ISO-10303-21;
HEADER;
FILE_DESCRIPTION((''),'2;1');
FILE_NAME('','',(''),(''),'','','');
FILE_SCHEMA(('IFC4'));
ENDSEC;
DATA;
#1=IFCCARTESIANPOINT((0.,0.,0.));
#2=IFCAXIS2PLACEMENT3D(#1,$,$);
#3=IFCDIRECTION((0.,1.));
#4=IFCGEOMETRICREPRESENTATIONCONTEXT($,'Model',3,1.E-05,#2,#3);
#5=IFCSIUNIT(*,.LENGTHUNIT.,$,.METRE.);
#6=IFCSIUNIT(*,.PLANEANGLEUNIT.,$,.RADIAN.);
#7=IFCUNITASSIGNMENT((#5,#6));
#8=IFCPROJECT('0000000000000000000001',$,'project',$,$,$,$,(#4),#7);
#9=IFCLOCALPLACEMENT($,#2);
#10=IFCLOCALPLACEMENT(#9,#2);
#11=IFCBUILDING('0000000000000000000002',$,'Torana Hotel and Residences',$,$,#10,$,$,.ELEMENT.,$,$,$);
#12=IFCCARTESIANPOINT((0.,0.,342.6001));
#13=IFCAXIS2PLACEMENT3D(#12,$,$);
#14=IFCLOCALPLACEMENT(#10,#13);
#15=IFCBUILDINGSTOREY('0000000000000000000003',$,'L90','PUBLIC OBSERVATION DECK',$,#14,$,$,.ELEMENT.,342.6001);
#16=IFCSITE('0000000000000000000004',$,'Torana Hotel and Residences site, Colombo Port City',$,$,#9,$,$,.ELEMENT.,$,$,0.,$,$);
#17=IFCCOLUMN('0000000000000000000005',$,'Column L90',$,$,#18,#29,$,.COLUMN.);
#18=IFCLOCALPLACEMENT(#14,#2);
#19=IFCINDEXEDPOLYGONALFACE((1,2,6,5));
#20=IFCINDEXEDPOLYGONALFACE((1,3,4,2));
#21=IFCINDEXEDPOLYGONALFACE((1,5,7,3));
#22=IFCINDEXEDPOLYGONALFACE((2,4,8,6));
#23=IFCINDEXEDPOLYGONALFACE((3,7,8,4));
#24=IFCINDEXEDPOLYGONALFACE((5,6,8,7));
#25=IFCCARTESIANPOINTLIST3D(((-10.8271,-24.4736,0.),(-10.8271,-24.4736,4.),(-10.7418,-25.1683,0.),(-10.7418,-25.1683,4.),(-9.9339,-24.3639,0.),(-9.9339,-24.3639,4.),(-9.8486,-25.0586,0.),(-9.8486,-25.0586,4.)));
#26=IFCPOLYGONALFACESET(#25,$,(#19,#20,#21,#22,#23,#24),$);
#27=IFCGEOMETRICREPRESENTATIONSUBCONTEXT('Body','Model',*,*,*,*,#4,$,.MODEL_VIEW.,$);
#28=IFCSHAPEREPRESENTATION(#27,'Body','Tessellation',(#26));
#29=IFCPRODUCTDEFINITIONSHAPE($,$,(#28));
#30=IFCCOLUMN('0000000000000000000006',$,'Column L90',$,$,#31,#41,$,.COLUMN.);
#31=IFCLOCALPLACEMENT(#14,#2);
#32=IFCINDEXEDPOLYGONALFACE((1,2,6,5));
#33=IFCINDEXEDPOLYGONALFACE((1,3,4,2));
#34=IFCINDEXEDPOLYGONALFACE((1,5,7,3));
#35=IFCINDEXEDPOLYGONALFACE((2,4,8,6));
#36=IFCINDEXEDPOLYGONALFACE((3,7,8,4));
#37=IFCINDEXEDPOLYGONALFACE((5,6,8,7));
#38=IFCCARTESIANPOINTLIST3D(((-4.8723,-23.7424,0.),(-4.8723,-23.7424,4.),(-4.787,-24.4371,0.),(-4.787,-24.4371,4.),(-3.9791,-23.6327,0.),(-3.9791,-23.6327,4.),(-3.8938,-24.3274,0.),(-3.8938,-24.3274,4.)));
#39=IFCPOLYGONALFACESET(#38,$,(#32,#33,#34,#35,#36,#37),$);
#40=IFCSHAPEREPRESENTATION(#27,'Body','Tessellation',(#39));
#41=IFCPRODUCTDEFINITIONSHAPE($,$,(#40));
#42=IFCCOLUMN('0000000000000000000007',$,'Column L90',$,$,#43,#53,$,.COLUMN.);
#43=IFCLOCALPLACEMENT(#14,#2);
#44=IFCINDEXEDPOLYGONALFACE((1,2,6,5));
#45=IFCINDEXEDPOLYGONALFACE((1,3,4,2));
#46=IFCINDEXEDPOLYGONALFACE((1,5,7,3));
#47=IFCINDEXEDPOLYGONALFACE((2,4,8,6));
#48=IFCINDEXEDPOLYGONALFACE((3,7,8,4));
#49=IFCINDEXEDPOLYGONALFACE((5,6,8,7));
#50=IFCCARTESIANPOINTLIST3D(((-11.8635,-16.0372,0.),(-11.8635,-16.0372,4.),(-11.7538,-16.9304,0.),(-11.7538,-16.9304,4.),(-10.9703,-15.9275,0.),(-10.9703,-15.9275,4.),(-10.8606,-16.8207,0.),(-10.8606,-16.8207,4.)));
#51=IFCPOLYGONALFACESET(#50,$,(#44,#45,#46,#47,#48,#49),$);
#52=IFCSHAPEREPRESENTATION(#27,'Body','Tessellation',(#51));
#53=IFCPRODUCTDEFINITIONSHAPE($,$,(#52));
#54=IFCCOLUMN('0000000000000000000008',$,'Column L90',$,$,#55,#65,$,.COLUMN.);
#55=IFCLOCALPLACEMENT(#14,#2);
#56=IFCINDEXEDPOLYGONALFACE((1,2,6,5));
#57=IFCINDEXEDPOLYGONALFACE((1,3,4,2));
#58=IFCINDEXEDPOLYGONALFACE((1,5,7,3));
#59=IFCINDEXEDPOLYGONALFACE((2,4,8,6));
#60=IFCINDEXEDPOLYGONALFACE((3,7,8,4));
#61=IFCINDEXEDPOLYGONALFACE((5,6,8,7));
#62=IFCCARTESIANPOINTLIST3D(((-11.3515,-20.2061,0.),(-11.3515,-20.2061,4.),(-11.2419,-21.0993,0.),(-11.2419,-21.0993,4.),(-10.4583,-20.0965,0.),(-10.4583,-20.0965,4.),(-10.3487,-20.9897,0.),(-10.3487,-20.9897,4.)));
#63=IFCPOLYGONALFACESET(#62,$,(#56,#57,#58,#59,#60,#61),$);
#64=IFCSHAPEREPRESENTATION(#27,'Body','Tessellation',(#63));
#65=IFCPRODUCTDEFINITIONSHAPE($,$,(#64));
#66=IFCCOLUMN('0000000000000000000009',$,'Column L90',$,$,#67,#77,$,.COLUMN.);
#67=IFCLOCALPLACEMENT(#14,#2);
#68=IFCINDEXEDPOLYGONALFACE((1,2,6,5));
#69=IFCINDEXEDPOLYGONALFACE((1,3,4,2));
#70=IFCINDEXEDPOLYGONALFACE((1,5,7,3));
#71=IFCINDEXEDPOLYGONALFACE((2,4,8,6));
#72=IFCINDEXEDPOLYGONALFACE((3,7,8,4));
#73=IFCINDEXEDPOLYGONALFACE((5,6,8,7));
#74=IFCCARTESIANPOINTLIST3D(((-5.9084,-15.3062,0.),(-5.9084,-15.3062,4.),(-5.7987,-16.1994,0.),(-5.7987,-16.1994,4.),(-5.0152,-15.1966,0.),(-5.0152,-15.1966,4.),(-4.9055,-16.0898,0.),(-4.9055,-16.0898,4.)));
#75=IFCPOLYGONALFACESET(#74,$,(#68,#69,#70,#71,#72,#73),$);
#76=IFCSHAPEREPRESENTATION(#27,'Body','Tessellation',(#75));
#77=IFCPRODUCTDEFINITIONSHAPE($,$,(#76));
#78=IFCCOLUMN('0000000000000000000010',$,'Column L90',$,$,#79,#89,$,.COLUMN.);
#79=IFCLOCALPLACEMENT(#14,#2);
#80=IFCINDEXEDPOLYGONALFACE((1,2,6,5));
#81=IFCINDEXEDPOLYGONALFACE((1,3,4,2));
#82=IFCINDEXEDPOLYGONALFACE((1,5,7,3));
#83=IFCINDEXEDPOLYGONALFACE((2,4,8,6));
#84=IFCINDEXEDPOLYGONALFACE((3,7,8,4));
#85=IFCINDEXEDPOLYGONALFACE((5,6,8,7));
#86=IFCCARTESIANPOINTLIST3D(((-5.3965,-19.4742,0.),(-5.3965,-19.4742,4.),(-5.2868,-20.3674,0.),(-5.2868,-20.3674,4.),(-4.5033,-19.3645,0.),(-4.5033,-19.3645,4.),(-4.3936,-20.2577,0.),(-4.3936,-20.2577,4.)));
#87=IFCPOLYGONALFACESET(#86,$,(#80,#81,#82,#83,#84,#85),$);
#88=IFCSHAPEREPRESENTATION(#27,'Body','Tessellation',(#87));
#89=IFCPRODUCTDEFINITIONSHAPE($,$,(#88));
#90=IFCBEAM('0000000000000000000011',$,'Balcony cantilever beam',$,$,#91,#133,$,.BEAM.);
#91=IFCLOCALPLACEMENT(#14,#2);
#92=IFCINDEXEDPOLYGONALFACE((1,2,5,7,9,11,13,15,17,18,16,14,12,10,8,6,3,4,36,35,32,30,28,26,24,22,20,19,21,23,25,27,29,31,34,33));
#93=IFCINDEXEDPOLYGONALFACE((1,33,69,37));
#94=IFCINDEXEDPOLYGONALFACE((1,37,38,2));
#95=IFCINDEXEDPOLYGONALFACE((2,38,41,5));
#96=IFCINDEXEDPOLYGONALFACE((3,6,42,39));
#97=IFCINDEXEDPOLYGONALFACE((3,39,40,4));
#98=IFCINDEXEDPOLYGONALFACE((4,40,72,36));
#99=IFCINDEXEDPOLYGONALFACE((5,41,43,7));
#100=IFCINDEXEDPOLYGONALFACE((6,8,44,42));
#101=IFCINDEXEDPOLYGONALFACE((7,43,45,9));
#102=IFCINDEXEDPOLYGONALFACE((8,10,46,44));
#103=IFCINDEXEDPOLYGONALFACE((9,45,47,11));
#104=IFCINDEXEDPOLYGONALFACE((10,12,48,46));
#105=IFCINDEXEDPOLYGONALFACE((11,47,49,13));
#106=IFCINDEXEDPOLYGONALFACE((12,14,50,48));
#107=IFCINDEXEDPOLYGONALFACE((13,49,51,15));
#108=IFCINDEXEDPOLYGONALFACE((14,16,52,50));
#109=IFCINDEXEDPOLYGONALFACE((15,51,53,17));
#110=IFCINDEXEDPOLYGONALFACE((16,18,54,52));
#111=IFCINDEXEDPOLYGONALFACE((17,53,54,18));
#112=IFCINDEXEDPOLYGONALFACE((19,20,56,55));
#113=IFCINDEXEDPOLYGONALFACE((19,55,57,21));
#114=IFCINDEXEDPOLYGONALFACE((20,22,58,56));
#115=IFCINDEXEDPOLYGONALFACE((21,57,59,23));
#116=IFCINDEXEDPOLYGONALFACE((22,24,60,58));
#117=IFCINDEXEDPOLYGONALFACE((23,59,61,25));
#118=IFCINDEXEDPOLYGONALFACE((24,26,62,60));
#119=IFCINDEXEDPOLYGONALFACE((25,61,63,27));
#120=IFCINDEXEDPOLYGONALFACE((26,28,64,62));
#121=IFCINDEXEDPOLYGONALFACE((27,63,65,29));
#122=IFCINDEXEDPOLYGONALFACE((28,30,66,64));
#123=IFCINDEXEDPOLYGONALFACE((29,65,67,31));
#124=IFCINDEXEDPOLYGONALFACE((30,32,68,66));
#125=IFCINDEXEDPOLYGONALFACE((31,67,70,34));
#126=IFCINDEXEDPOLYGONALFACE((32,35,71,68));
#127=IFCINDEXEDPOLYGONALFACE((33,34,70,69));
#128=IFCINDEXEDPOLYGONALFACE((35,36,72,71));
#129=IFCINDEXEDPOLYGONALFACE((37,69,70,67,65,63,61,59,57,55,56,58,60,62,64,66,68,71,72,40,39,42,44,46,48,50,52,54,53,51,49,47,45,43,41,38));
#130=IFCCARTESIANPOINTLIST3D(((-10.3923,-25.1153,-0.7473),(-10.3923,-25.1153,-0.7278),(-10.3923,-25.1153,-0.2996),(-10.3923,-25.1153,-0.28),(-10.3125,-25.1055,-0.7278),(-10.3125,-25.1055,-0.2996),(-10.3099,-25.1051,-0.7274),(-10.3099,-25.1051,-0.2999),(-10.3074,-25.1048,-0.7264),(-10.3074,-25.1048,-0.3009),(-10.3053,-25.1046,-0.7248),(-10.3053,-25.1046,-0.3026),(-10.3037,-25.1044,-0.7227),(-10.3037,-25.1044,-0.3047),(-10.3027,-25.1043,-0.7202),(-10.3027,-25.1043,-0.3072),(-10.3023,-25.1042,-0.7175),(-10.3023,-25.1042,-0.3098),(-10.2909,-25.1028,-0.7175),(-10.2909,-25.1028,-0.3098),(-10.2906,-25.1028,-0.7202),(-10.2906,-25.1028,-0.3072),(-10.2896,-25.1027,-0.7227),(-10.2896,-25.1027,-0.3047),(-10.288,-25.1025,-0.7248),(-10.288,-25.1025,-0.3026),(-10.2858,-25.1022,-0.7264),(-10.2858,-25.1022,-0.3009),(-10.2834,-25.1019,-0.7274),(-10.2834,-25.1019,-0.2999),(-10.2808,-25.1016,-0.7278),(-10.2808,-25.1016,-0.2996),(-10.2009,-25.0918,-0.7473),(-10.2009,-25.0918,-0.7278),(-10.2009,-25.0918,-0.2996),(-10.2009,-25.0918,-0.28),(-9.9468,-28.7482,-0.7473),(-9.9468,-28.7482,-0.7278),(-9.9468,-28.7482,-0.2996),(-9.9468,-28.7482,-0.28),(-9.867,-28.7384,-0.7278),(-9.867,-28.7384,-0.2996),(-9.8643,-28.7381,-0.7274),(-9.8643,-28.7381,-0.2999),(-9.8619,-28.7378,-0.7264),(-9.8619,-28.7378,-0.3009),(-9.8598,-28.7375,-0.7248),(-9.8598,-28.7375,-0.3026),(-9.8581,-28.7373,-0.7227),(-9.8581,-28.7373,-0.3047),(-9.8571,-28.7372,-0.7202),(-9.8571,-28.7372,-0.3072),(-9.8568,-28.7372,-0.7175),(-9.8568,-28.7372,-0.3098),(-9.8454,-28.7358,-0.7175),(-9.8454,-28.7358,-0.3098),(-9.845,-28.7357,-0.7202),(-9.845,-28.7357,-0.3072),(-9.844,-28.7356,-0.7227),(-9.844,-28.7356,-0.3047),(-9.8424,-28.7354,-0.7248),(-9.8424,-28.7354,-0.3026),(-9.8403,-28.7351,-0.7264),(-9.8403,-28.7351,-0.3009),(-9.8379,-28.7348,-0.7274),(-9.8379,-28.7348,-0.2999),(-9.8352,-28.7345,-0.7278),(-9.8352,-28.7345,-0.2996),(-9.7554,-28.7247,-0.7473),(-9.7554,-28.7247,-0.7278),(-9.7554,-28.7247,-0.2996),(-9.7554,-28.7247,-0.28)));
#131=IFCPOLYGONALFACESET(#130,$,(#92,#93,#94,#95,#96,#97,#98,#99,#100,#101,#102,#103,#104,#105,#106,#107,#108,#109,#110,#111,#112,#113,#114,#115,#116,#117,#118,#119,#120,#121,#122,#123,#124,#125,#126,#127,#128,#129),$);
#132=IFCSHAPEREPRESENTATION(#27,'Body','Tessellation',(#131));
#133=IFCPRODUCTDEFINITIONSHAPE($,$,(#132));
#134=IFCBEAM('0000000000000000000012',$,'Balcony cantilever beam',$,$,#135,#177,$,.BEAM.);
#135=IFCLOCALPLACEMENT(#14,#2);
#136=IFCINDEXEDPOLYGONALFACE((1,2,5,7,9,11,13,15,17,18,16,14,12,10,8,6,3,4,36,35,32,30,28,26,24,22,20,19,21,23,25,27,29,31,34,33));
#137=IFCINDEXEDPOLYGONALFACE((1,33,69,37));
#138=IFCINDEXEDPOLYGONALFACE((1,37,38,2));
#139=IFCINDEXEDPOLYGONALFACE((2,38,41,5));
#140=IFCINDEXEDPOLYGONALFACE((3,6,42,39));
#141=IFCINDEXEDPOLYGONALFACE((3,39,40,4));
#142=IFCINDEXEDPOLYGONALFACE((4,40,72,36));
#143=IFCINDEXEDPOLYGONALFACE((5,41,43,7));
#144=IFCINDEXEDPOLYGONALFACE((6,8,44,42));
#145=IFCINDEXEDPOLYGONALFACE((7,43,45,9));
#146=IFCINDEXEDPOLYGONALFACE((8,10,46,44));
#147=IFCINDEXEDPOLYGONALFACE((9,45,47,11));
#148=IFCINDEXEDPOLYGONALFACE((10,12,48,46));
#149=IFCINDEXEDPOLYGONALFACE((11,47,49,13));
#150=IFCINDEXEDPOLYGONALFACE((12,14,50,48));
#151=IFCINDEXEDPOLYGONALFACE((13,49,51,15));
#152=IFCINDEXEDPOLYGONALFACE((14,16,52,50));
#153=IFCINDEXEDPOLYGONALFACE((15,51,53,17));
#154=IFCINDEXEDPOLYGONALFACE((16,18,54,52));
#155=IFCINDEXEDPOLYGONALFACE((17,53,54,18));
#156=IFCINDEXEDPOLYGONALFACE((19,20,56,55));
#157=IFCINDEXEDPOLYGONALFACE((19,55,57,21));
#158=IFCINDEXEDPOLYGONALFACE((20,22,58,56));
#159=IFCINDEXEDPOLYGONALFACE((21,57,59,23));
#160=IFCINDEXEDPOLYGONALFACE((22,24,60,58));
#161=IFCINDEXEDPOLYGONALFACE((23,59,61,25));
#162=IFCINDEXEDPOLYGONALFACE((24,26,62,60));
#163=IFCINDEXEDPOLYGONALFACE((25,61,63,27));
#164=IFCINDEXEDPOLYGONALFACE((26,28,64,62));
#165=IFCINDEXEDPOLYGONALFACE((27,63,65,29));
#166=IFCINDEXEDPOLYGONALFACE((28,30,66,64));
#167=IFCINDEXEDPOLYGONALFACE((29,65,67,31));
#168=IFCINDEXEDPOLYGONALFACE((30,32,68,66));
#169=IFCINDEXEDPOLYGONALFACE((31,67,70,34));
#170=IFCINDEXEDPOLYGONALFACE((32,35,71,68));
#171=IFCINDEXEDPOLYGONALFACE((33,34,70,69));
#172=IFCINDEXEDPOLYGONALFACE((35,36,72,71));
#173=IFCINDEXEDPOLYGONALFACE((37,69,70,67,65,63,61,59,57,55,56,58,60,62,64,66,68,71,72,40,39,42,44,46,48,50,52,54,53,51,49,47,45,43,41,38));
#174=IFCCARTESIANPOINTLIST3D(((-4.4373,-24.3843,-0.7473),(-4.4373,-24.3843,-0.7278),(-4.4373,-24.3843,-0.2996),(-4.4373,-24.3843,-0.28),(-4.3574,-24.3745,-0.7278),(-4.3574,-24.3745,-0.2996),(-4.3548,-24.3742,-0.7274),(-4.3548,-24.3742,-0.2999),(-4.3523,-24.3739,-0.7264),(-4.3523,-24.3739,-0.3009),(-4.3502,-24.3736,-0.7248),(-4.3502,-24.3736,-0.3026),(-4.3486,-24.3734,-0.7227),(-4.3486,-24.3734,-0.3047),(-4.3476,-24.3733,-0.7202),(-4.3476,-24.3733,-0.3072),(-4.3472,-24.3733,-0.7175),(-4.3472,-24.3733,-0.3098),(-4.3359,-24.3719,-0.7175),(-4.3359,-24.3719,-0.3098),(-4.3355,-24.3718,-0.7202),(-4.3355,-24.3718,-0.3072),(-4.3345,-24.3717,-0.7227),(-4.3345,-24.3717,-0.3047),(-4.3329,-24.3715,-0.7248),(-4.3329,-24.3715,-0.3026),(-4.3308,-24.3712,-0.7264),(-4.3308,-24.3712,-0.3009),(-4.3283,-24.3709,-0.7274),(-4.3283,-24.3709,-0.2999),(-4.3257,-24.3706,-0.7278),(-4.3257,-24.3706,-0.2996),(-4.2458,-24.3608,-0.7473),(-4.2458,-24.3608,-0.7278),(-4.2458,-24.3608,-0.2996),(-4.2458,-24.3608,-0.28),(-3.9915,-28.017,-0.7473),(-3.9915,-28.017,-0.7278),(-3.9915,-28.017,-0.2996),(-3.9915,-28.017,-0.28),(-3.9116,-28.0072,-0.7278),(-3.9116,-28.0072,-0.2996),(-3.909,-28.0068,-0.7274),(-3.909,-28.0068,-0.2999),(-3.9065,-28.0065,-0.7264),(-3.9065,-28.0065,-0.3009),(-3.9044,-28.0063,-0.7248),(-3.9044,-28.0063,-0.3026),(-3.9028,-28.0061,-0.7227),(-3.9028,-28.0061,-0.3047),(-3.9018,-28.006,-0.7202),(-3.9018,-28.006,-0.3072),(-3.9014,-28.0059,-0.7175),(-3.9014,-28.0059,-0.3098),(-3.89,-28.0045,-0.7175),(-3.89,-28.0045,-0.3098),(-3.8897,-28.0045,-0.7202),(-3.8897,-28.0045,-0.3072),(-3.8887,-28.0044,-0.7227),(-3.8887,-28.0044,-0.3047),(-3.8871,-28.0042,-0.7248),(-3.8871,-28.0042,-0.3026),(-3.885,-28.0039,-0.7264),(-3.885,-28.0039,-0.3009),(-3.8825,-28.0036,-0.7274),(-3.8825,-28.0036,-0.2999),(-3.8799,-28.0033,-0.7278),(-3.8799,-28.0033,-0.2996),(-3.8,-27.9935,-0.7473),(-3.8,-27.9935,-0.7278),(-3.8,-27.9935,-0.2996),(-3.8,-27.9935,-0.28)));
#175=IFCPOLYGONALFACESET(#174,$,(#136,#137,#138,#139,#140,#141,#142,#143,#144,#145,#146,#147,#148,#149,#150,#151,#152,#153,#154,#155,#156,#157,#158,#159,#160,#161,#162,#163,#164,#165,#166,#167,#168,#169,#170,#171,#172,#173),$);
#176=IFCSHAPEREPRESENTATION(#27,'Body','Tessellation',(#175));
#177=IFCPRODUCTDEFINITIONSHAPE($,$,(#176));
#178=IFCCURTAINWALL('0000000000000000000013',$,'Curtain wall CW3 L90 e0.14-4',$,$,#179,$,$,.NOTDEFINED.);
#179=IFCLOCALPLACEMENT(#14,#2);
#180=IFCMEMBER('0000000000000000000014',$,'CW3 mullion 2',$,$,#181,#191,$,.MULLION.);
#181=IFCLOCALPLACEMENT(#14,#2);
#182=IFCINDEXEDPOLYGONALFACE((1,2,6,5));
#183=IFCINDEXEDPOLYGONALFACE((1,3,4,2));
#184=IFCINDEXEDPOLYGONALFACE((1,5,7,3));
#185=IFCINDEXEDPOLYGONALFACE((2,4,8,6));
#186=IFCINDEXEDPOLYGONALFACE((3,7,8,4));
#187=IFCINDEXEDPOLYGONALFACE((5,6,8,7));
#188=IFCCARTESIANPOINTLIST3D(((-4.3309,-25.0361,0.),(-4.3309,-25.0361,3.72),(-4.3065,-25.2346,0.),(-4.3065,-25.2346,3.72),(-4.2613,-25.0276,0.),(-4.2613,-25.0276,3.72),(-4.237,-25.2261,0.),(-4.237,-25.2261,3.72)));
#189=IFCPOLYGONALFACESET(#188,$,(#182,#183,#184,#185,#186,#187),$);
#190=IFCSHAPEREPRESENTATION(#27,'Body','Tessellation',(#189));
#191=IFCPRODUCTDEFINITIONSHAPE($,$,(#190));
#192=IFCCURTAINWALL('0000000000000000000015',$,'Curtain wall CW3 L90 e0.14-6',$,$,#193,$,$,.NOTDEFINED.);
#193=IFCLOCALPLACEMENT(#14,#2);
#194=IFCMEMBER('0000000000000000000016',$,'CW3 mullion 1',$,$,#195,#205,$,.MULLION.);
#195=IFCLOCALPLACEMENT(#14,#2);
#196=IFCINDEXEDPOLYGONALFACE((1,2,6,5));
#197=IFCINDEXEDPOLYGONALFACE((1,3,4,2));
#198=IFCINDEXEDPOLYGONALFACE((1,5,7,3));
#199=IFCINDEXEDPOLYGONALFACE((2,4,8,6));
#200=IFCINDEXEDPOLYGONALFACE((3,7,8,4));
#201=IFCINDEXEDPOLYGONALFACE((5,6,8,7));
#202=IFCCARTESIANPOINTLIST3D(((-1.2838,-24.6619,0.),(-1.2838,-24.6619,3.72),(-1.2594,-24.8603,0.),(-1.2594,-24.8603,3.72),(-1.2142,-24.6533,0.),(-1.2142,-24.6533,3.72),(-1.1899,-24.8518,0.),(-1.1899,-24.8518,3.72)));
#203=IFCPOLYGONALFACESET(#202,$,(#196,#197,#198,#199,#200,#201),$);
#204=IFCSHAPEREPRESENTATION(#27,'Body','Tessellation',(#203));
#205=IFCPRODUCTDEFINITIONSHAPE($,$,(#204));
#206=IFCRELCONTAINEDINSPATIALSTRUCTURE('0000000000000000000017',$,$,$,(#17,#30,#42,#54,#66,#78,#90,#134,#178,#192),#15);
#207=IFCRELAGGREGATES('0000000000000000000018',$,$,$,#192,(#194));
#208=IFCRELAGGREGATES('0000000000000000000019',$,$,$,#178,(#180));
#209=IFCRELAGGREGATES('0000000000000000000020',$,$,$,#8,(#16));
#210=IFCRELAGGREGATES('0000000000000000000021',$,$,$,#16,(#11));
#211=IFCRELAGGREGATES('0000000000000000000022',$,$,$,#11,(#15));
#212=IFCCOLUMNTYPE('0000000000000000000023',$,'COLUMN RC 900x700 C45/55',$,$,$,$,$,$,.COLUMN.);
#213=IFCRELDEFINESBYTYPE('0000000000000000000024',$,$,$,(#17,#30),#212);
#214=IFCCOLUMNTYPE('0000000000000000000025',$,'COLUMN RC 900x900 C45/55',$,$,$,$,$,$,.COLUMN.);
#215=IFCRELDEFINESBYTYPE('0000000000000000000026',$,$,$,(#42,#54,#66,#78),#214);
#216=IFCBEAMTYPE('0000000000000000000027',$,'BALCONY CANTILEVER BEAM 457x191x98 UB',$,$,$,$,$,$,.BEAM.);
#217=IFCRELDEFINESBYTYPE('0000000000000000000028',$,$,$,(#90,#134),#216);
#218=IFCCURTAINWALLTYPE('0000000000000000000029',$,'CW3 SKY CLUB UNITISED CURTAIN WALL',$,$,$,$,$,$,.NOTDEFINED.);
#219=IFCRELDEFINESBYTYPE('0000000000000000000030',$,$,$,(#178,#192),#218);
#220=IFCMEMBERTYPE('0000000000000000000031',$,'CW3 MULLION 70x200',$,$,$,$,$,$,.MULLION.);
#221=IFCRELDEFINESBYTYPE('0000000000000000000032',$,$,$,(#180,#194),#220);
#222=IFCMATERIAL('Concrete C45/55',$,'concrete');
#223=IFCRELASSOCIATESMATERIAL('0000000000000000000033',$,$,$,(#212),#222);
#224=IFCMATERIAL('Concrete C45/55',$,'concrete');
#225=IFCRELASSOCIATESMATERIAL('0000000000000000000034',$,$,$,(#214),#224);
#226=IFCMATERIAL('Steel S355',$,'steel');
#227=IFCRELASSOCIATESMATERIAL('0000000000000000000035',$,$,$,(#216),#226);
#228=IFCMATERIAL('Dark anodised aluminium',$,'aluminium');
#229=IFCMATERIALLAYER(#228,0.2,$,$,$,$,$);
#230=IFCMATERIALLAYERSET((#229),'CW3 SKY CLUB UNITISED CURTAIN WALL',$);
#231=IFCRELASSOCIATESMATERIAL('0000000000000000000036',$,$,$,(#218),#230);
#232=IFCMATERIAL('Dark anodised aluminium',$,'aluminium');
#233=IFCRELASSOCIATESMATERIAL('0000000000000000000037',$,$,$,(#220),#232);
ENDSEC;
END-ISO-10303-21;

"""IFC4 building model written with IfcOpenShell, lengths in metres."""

from ifc_helpers import new_model, si_unit, direction, frame, origin, origin_2d, place, context, subcontext, project, spatial, rectangle, i_section, extrude, material, layer, layer_set, material_profile, profile_set, type_object, element, aggregate, save


model = new_model("IFC4")

# Units and contexts
model_context = context("Model", 3, precision=1e-05, world=origin(), true_north=direction((0.0, 1.0)))
body_context = subcontext(model_context, "Body", "Model", "MODEL_VIEW")
ifc_project = project(units=[si_unit("LENGTHUNIT", "METRE"), si_unit("PLANEANGLEUNIT", "RADIAN")], contexts=[model_context])

# Site, building, storey
site_placement = place(None, origin())
site = spatial("IfcSite", under=ifc_project, at=site_placement, Name="Torana Hotel and Residences site, Colombo Port City", CompositionType="ELEMENT", RefElevation=0.0)
building_placement = place(site_placement, origin())
building = spatial("IfcBuilding", under=site, at=building_placement, Name="Torana Hotel and Residences", CompositionType="ELEMENT")
storey_placement = place(building_placement, frame((0.0, 0.0, 342.6001)))
storey = spatial("IfcBuildingStorey", under=building, at=storey_placement, Name="L90", Description="PUBLIC OBSERVATION DECK", CompositionType="ELEMENT", Elevation=342.6001)

# Columns
ifc_material_1 = material(Name="Concrete C45/55", Category="concrete")
ifc_material_profile_1 = material_profile(ifc_material_1, rectangle(XDim=0.8999, YDim=0.7, at=origin_2d()), Name="RC 900x700")
ifc_profile_set_1 = profile_set([ifc_material_profile_1], Name="Concrete C45/55")
column_type_1 = type_object("IfcColumnType", Name="COLUMN RC 900x700 C45/55", PredefinedType="COLUMN", material=ifc_profile_set_1)
for number, where, z_axis, x_axis, name in (
    (1, (-10.3379, -24.7661, 0.0), (0.0, 0.0, 1.0), (0.992546, 0.121869, 0.0), "Column L90"),
    (2, (-4.3831, -24.0349, 0.0), (0.0, 0.0, 1.0), (0.992546, 0.121869, 0.0), "Column L90"),
):
    element("IfcColumn", number, at=place(storey_placement, frame(where, z_axis=z_axis, x_axis=x_axis)), inside=storey, type_object=column_type_1, Name=name, PredefinedType="COLUMN", context=body_context, shape_type="SweptSolid", body=[
        extrude(rectangle(XDim=0.8999, YDim=0.7, at=origin_2d()), origin(), (0.0, 0.0, 1.0), 4.0),
    ])
ifc_material_2 = material(Name="Concrete C45/55", Category="concrete")
ifc_material_profile_2 = material_profile(ifc_material_2, rectangle(XDim=0.8999, YDim=0.8999, at=origin_2d()), Name="RC 900x900")
ifc_profile_set_2 = profile_set([ifc_material_profile_2], Name="Concrete C45/55")
column_type_2 = type_object("IfcColumnType", Name="COLUMN RC 900x900 C45/55", PredefinedType="COLUMN", material=ifc_profile_set_2)
for number, where, z_axis, x_axis, name in (
    (3, (-11.3621, -16.429, 0.0), (0.0, 0.0, 1.0), (0.992546, 0.121869, 0.0), "Column L90"),
    (4, (-10.8501, -20.5979, 0.0), (0.0, 0.0, 1.0), (0.992546, 0.121869, 0.0), "Column L90"),
    (5, (-5.407, -15.698, 0.0), (0.0, 0.0, 1.0), (0.992546, 0.121869, 0.0), "Column L90"),
    (6, (-4.895, -19.866, 0.0), (0.0, 0.0, 1.0), (0.992546, 0.121869, 0.0), "Column L90"),
):
    element("IfcColumn", number, at=place(storey_placement, frame(where, z_axis=z_axis, x_axis=x_axis)), inside=storey, type_object=column_type_2, Name=name, PredefinedType="COLUMN", context=body_context, shape_type="SweptSolid", body=[
        extrude(rectangle(XDim=0.8999, YDim=0.8999, at=origin_2d()), origin(), (0.0, 0.0, 1.0), 4.0),
    ])

# Beams
ifc_material_3 = material(Name="Steel S355", Category="steel")
ifc_material_profile_3 = material_profile(ifc_material_3, i_section(OverallWidth=0.1929, OverallDepth=0.4673, WebThickness=0.0115, FlangeThickness=0.0195, FilletRadius=0.0103, at=origin_2d()), Name="457x191x98 UB")
ifc_profile_set_3 = profile_set([ifc_material_profile_3], Name="Steel S355")
beam_type_1 = type_object("IfcBeamType", Name="BALCONY CANTILEVER BEAM 457x191x98 UB", PredefinedType="BEAM", material=ifc_profile_set_3)
beam_1_placement = place(storey_placement, frame((-10.2966, -25.1035, -0.5137), z_axis=(0.121728, -0.992564, 0.0), x_axis=(0.992564, 0.121728, 0.0)))
element("IfcBeam", 7, at=beam_1_placement, inside=storey, type_object=beam_type_1, Name="Balcony cantilever beam", PredefinedType="BEAM", context=body_context, shape_type="SweptSolid", body=[
    extrude(i_section(OverallWidth=0.1929, OverallDepth=0.4673, WebThickness=0.0115, FlangeThickness=0.0195, FilletRadius=0.0103, at=origin_2d()), origin(), (0.0, 0.0, 1.0), 3.6602),
])
beam_2_placement = place(storey_placement, frame((-4.3416, -24.3726, -0.5137), z_axis=(0.121809, -0.992554, 0.0), x_axis=(0.992554, 0.121809, 0.0)))
element("IfcBeam", 8, at=beam_2_placement, inside=storey, type_object=beam_type_1, Name="Balcony cantilever beam", PredefinedType="BEAM", context=body_context, shape_type="SweptSolid", body=[
    extrude(i_section(OverallWidth=0.1929, OverallDepth=0.4673, WebThickness=0.0115, FlangeThickness=0.0195, FilletRadius=0.0103, at=origin_2d()), origin(), (0.0, 0.0, 1.0), 3.6599),
])

# Curtain wall, member
ifc_material_4 = material(Name="Dark anodised aluminium", Category="aluminium")
ifc_layer_1 = layer(ifc_material_4, 0.2)
ifc_layer_set_1 = layer_set([ifc_layer_1], Name="CW3 SKY CLUB UNITISED CURTAIN WALL")
curtain_wall_type = type_object("IfcCurtainWallType", Name="CW3 SKY CLUB UNITISED CURTAIN WALL", PredefinedType="NOTDEFINED", material=ifc_layer_set_1)
curtain_wall_1_placement = place(storey_placement, origin())
curtain_wall_1 = element("IfcCurtainWall", 9, at=curtain_wall_1_placement, inside=storey, type_object=curtain_wall_type, Name="Curtain wall CW3 L90 e0.14-4", PredefinedType="NOTDEFINED")
ifc_material_5 = material(Name="Dark anodised aluminium", Category="aluminium")
ifc_material_profile_4 = material_profile(ifc_material_5, rectangle(XDim=0.2, YDim=0.0701, at=origin_2d()), Name="CW3 MULLION 70x200")
ifc_profile_set_4 = profile_set([ifc_material_profile_4], Name="Dark anodised aluminium")
member_type_1 = type_object("IfcMemberType", Name="CW3 MULLION 70x200", PredefinedType="MULLION", material=ifc_profile_set_4)
member_1_placement = place(storey_placement, frame((-4.2839, -25.1311, 0.0), z_axis=(0.0, 0.0, 1.0), x_axis=(-0.121864, 0.992547, 0.0)))
member_1 = element("IfcMember", 10, at=member_1_placement, type_object=member_type_1, Name="CW3 mullion 2", PredefinedType="MULLION", context=body_context, shape_type="SweptSolid", body=[
    extrude(rectangle(XDim=0.2, YDim=0.0701, at=origin_2d()), origin(), (0.0, 0.0, 1.0), 3.72),
])

# Curtain wall, member
curtain_wall_2_placement = place(storey_placement, origin())
curtain_wall_2 = element("IfcCurtainWall", 11, at=curtain_wall_2_placement, inside=storey, type_object=curtain_wall_type, Name="Curtain wall CW3 L90 e0.14-6", PredefinedType="NOTDEFINED")
member_2_placement = place(storey_placement, frame((-1.2368, -24.7568, 0.0), z_axis=(0.0, 0.0, 1.0), x_axis=(-0.121864, 0.992547, 0.0)))
member_2 = element("IfcMember", 12, at=member_2_placement, type_object=member_type_1, Name="CW3 mullion 1", PredefinedType="MULLION", context=body_context, shape_type="SweptSolid", body=[
    extrude(rectangle(XDim=0.2, YDim=0.0701, at=origin_2d()), origin(), (0.0, 0.0, 1.0), 3.72),
])
aggregate(curtain_wall_2, [member_2])

aggregate(curtain_wall_1, [member_1])

save(model, "model.ifc")
